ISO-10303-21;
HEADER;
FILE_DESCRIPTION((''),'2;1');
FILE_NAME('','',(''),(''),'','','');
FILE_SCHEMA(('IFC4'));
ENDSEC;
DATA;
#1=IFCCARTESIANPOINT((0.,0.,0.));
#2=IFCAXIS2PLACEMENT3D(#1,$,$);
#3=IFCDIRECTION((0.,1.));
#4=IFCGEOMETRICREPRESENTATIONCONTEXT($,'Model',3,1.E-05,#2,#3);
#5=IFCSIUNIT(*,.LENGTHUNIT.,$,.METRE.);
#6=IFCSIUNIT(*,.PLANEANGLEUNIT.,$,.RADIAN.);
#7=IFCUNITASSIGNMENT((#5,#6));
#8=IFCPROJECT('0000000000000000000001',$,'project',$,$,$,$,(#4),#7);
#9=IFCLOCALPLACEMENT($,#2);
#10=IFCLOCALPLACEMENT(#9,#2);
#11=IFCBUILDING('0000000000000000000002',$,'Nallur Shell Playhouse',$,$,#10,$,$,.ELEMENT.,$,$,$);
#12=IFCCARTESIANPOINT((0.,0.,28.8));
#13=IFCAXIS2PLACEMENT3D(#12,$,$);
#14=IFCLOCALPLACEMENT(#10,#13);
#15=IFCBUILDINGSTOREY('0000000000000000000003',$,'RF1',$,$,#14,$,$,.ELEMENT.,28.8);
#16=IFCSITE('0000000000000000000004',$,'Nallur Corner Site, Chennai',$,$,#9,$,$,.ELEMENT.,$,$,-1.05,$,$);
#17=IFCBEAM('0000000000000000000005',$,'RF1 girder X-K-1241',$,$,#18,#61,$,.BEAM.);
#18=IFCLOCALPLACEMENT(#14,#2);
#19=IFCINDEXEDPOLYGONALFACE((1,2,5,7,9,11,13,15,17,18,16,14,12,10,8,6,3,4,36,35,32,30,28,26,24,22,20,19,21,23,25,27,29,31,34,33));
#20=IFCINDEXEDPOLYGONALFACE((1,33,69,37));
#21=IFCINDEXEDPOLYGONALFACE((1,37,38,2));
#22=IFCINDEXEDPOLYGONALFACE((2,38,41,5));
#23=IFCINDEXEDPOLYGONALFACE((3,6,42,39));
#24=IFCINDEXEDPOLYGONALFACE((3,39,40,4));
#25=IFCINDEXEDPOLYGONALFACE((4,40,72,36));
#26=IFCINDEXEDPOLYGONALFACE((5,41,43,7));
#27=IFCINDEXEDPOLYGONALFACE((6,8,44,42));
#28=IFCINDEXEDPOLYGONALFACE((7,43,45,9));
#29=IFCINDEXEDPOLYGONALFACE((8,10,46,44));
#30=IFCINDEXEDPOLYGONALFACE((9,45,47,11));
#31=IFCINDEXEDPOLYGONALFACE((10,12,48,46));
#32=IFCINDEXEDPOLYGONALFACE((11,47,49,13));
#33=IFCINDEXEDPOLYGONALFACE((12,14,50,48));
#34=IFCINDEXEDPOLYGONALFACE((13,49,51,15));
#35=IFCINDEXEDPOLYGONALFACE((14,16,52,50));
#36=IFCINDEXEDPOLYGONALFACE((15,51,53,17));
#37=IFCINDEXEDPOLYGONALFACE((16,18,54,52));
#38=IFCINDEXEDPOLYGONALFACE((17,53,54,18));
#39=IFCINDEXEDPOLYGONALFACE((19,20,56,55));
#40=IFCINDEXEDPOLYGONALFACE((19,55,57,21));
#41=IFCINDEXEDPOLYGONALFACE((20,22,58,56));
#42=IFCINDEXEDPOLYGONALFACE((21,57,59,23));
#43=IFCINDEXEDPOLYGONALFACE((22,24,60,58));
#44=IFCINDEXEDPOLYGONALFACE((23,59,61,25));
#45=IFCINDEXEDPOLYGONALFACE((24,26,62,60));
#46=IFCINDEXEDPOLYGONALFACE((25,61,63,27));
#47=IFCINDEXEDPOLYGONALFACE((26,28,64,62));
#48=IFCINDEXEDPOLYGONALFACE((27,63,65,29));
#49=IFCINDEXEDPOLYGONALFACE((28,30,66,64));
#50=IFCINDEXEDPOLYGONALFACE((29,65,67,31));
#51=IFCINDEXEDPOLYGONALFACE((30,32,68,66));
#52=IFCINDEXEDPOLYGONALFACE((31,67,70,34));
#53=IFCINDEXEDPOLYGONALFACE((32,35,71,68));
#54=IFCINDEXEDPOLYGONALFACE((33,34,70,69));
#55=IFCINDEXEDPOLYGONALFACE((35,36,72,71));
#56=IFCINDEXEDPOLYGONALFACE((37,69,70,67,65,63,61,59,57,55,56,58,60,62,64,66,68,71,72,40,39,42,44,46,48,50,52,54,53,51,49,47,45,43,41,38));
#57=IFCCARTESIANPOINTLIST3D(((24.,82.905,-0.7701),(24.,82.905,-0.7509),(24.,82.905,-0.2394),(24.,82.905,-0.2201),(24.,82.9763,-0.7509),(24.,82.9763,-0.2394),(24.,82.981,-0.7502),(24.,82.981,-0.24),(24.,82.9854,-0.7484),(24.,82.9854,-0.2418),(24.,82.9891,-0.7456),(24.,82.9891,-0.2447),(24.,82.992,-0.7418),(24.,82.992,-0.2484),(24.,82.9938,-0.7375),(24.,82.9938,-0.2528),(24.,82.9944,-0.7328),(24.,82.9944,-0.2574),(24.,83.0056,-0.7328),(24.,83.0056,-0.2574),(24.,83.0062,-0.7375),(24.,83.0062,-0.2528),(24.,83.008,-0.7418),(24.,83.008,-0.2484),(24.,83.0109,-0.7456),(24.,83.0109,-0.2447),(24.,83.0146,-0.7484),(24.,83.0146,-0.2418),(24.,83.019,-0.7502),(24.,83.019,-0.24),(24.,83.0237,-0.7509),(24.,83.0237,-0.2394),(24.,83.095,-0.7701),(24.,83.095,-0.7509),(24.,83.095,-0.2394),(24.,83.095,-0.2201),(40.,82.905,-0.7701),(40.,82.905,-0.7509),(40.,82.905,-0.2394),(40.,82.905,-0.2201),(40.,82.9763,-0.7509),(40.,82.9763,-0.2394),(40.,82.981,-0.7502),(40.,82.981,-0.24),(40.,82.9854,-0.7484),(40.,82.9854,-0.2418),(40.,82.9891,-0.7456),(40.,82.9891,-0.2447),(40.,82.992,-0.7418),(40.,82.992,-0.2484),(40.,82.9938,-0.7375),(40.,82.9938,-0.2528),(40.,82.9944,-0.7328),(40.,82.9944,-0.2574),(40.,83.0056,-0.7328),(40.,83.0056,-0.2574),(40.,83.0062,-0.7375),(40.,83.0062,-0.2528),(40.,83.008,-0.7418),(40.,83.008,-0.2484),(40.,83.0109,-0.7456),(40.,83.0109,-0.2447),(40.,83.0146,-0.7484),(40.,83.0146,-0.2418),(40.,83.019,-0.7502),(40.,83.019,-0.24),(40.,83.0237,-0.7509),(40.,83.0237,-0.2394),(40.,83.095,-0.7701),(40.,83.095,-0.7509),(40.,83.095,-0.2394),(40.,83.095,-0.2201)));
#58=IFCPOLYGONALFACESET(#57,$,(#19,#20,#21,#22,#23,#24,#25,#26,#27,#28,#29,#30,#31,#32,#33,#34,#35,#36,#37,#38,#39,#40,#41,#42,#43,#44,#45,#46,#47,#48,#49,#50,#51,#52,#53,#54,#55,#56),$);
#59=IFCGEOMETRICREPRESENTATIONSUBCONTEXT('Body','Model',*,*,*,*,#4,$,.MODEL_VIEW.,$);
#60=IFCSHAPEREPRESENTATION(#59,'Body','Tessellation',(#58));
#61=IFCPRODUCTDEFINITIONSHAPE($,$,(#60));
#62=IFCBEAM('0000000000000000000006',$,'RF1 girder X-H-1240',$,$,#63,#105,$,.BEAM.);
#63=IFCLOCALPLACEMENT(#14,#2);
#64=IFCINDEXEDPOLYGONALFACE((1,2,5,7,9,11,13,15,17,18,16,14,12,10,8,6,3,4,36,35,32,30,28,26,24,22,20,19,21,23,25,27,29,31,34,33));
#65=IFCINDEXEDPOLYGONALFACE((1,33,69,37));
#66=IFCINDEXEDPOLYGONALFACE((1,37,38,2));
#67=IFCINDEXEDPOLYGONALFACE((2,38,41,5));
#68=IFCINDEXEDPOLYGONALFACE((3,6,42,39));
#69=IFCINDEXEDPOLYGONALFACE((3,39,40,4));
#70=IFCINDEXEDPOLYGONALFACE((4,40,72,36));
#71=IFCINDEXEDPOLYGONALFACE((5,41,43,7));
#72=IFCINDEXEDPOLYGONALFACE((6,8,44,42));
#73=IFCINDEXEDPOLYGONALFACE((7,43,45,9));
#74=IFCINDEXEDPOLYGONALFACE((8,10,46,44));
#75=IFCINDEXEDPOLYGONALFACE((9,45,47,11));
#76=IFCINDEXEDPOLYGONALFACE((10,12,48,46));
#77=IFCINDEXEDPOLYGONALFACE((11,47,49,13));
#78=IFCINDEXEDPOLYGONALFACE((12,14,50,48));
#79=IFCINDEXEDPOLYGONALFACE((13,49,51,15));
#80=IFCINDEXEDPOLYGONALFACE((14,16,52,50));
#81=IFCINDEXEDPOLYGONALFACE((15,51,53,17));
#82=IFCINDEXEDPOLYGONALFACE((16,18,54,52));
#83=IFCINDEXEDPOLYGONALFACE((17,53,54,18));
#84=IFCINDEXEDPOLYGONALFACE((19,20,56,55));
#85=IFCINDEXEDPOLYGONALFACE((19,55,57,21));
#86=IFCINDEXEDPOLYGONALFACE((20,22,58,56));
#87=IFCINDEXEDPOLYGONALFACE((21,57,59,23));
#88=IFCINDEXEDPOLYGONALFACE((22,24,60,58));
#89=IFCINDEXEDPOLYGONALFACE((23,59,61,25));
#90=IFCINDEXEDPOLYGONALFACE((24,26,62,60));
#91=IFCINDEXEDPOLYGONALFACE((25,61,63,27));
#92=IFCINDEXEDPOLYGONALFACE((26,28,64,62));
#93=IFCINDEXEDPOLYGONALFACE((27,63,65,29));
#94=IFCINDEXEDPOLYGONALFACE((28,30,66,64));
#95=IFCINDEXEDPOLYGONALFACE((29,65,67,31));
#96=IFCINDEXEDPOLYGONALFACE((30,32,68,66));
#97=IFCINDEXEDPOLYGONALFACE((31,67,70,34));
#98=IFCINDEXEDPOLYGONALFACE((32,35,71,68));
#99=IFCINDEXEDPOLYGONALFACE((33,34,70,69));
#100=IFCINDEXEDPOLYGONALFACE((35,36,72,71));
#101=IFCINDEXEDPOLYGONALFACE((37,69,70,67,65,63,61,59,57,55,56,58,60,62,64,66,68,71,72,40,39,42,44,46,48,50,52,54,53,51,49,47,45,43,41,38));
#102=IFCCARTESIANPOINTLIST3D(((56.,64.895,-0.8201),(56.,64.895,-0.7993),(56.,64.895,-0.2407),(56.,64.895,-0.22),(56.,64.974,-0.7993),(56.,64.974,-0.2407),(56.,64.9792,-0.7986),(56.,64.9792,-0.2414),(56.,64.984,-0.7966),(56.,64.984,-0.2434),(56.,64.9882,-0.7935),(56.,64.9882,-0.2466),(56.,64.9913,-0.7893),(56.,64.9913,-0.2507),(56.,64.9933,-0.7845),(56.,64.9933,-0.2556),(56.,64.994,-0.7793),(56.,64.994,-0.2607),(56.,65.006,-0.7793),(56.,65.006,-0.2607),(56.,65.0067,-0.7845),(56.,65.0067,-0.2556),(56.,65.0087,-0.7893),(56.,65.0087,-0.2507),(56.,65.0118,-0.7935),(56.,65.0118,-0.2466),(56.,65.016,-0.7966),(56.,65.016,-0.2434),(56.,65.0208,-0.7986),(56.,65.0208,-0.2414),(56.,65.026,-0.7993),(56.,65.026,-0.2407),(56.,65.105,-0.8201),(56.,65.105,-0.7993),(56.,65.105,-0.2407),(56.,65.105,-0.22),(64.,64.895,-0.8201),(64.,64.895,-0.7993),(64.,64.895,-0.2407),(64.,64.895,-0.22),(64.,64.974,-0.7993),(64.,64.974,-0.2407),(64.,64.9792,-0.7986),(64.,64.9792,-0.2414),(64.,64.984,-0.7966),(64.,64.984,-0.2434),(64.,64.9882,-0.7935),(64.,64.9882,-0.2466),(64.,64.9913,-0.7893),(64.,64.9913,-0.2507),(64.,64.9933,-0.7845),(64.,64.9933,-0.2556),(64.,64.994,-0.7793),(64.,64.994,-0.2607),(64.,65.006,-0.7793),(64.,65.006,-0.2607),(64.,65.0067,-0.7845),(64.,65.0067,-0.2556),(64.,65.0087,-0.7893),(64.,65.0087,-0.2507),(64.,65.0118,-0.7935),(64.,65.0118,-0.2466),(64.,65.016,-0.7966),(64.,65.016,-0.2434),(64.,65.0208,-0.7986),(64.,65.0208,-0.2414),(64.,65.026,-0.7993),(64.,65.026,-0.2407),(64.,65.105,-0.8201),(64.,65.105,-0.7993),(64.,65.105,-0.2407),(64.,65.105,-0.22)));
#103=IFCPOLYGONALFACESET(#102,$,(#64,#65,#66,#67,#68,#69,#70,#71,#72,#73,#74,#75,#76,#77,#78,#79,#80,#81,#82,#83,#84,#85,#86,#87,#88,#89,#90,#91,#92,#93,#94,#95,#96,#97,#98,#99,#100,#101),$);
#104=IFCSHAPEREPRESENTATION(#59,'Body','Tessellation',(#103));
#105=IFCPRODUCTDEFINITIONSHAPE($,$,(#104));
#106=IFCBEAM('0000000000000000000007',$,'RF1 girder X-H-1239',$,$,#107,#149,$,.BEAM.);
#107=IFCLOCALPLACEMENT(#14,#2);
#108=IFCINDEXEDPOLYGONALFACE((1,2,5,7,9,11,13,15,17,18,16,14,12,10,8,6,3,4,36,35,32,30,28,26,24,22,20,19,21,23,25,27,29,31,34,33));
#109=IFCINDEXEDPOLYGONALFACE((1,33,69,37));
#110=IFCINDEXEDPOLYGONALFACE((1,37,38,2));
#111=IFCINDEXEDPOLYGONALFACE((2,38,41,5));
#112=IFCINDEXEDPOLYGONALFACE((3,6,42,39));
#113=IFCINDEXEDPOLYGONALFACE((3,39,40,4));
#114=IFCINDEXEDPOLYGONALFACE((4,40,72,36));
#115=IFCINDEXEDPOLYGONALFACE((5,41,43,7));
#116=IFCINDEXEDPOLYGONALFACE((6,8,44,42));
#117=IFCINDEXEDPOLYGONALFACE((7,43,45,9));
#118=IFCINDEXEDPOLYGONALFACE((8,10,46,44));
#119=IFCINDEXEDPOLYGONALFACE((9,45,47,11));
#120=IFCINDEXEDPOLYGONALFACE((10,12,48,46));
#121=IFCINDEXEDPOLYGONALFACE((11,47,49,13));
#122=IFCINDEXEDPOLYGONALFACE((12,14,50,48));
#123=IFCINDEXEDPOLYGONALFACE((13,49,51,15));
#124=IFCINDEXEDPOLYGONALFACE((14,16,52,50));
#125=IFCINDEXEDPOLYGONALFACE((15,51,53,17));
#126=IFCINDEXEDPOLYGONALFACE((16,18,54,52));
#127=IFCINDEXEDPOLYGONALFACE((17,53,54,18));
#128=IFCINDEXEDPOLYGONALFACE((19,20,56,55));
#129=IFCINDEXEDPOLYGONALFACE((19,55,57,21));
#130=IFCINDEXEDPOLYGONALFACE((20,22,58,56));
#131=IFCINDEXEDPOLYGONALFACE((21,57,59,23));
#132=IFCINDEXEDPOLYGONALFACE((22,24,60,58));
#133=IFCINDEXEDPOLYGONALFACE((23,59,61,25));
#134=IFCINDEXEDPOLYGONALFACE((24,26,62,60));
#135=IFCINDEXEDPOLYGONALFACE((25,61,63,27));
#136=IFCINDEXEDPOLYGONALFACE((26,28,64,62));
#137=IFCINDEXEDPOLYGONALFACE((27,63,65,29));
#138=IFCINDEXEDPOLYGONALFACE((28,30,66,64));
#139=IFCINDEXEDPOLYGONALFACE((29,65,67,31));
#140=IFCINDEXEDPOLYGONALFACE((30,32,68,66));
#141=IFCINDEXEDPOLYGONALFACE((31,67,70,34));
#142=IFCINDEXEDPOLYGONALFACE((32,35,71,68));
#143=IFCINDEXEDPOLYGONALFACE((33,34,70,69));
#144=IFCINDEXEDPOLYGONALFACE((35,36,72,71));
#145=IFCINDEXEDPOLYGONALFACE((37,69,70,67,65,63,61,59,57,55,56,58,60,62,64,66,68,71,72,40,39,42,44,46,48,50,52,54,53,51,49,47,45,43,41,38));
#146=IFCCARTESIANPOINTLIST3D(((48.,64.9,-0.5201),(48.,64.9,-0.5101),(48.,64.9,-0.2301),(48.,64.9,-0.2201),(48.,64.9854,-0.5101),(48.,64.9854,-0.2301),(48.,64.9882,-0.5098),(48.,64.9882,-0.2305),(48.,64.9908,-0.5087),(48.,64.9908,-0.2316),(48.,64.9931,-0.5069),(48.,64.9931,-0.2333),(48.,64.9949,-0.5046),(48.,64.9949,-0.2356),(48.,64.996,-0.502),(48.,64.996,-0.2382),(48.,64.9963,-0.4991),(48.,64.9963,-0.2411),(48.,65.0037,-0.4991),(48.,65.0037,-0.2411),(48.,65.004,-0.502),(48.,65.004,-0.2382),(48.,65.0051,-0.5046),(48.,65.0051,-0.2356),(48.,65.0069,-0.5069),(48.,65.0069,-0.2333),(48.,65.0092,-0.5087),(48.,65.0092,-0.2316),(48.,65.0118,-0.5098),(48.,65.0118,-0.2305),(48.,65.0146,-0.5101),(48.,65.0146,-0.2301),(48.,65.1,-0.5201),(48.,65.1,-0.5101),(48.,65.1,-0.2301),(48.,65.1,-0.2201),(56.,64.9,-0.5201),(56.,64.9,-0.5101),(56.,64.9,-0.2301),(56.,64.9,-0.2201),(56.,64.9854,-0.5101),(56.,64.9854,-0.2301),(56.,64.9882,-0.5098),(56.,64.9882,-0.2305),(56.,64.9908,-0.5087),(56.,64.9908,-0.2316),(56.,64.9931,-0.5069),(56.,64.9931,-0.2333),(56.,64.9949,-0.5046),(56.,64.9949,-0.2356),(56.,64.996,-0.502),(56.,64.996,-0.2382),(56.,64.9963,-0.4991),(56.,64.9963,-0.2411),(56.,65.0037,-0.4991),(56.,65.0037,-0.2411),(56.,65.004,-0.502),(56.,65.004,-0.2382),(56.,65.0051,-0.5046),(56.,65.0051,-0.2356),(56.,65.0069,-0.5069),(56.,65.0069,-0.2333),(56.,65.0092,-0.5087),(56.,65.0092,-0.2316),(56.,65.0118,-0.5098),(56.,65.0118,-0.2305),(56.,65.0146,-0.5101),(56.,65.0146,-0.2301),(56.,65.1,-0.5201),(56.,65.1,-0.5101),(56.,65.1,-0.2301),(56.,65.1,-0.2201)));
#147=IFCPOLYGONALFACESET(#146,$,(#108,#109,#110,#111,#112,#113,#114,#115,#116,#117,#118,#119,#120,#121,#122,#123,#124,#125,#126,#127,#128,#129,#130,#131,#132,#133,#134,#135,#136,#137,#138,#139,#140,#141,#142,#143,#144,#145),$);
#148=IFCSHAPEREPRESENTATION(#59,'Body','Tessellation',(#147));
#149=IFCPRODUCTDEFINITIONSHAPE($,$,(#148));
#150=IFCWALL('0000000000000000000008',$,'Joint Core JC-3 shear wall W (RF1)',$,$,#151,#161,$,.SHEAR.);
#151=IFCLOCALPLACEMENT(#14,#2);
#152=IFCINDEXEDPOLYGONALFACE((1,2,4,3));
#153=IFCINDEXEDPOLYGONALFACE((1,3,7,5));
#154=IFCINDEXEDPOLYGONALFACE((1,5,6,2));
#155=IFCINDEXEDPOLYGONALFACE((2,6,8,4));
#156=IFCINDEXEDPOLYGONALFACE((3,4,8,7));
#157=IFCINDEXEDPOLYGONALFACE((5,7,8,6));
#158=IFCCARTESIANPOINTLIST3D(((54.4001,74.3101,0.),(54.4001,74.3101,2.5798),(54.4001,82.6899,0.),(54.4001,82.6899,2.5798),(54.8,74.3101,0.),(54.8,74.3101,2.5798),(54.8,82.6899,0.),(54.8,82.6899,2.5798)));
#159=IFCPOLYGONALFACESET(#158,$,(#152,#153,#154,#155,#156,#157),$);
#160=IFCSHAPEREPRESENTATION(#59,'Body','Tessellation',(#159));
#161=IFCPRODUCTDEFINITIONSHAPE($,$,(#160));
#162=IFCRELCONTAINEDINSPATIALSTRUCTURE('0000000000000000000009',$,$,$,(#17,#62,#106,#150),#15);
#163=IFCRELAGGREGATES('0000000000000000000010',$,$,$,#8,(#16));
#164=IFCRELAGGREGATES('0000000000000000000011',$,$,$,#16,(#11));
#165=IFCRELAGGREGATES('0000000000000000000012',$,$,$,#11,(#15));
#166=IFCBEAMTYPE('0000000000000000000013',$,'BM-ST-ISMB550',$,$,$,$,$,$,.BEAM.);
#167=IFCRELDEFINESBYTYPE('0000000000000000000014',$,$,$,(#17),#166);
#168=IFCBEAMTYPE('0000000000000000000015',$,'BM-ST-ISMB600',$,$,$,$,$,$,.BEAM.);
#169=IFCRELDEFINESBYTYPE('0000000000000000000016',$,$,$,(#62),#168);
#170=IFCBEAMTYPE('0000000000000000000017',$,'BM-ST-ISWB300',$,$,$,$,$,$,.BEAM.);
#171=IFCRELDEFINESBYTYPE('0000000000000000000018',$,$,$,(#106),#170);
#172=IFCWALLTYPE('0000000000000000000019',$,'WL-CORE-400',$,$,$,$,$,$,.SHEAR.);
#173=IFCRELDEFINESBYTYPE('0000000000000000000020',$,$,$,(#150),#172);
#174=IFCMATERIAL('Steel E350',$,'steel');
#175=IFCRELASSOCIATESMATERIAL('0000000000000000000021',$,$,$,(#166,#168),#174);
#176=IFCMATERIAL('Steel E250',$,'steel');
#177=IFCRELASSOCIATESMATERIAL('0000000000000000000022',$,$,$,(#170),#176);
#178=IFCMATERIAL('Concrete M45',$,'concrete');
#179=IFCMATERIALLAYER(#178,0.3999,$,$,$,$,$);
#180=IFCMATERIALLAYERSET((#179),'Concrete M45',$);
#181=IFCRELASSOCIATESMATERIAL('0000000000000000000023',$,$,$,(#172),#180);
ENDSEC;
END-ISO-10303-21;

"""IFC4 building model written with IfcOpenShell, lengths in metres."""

from ifc_helpers import new_model, si_unit, direction, frame, frame_2d, origin, origin_2d, place, context, subcontext, project, spatial, rectangle, i_section, extrude, material, layer, layer_set, material_profile, profile_set, type_object, element, save


model = new_model("IFC4")

# Units and contexts
model_context = context("Model", 3, precision=1e-05, world=origin(), true_north=direction((0.0, 1.0)))
body_context = subcontext(model_context, "Body", "Model", "MODEL_VIEW")
ifc_project = project(units=[si_unit("LENGTHUNIT", "METRE"), si_unit("PLANEANGLEUNIT", "RADIAN")], contexts=[model_context])

# Site, building, storey
site_placement = place(None, origin())
site = spatial("IfcSite", under=ifc_project, at=site_placement, Name="Nallur Corner Site, Chennai", CompositionType="ELEMENT", RefElevation=-1.05)
building_placement = place(site_placement, origin())
building = spatial("IfcBuilding", under=site, at=building_placement, Name="Nallur Shell Playhouse", CompositionType="ELEMENT")
storey_placement = place(building_placement, frame((0.0, 0.0, 28.8)))
storey = spatial("IfcBuildingStorey", under=building, at=storey_placement, Name="RF1", CompositionType="ELEMENT", Elevation=28.8)

# Beams
ifc_material_1 = material(Name="Steel E250", Category="steel")
ifc_material_2 = material(Name="Steel E350", Category="steel")
ifc_material_profile_1 = material_profile(ifc_material_2, i_section(OverallWidth=0.1899, OverallDepth=0.55, WebThickness=0.0112, FlangeThickness=0.0193, FilletRadius=0.0181, at=origin_2d()), Name="ISMB 550")
ifc_profile_set_1 = profile_set([ifc_material_profile_1], Name="Steel E350")
beam_type_1 = type_object("IfcBeamType", Name="BM-ST-ISMB550", PredefinedType="BEAM", material=ifc_profile_set_1)
beam_1_placement = place(storey_placement, frame((24.0, 83.0, -0.4951), z_axis=(1.0, 0.0, 0.0), x_axis=(0.0, 1.0, 0.0)))
element("IfcBeam", 1, at=beam_1_placement, inside=storey, type_object=beam_type_1, Name="RF1 girder X-K-1241", PredefinedType="BEAM", context=body_context, shape_type="SweptSolid", body=[
    extrude(i_section(OverallWidth=0.1899, OverallDepth=0.55, WebThickness=0.0112, FlangeThickness=0.0193, FilletRadius=0.0181, at=origin_2d()), origin(), (0.0, 0.0, 1.0), 16.0),
])
ifc_material_profile_2 = material_profile(ifc_material_2, i_section(OverallWidth=0.21, OverallDepth=0.6001, WebThickness=0.012, FlangeThickness=0.0208, FilletRadius=0.02, at=origin_2d()), Name="ISMB 600")
ifc_profile_set_2 = profile_set([ifc_material_profile_2], Name="Steel E350")
beam_type_2 = type_object("IfcBeamType", Name="BM-ST-ISMB600", PredefinedType="BEAM", material=ifc_profile_set_2)
beam_2_placement = place(storey_placement, frame((56.0, 65.0, -0.52), z_axis=(1.0, 0.0, 0.0), x_axis=(0.0, 1.0, 0.0)))
element("IfcBeam", 2, at=beam_2_placement, inside=storey, type_object=beam_type_2, Name="RF1 girder X-H-1240", PredefinedType="BEAM", context=body_context, shape_type="SweptSolid", body=[
    extrude(i_section(OverallWidth=0.21, OverallDepth=0.6001, WebThickness=0.012, FlangeThickness=0.0208, FilletRadius=0.02, at=origin_2d()), origin(), (0.0, 0.0, 1.0), 8.0),
])
ifc_material_profile_3 = material_profile(ifc_material_1, i_section(OverallWidth=0.2, OverallDepth=0.3, WebThickness=0.0073, FlangeThickness=0.01, FilletRadius=0.011, at=origin_2d()), Name="ISWB 300")
ifc_profile_set_3 = profile_set([ifc_material_profile_3], Name="Steel E250")
beam_type_3 = type_object("IfcBeamType", Name="BM-ST-ISWB300", PredefinedType="BEAM", material=ifc_profile_set_3)
beam_3_placement = place(storey_placement, frame((48.0, 65.0, -0.3701), z_axis=(1.0, 0.0, 0.0), x_axis=(0.0, 1.0, 0.0)))
element("IfcBeam", 3, at=beam_3_placement, inside=storey, type_object=beam_type_3, Name="RF1 girder X-H-1239", PredefinedType="BEAM", context=body_context, shape_type="SweptSolid", body=[
    extrude(i_section(OverallWidth=0.2, OverallDepth=0.3, WebThickness=0.0073, FlangeThickness=0.01, FilletRadius=0.011, at=origin_2d()), origin(), (0.0, 0.0, 1.0), 8.0),
])

# Shared definitions
ifc_material_3 = material(Name="Concrete M45", Category="concrete")
ifc_layer_1 = layer(ifc_material_3, 0.3999)
ifc_layer_set_1 = layer_set([ifc_layer_1], Name="Concrete M45")
wall_type_1 = type_object("IfcWallType", Name="WL-CORE-400", PredefinedType="SHEAR", material=ifc_layer_set_1)

# Wall
wall_1_placement = place(storey_placement, frame((54.6001, 82.6899, 0.0), z_axis=(0.0, 0.0, 1.0), x_axis=(0.0, -1.0, 0.0)))
element("IfcWall", 4, at=wall_1_placement, inside=storey, type_object=wall_type_1, Name="Joint Core JC-3 shear wall W (RF1)", PredefinedType="SHEAR", context=body_context, shape_type="SweptSolid", body=[
    extrude(rectangle(XDim=8.3799, YDim=0.3999, at=frame_2d((4.1899, 0.0))), origin(), (0.0, 0.0, 1.0), 2.5798),
])

save(model, "model.ifc")
